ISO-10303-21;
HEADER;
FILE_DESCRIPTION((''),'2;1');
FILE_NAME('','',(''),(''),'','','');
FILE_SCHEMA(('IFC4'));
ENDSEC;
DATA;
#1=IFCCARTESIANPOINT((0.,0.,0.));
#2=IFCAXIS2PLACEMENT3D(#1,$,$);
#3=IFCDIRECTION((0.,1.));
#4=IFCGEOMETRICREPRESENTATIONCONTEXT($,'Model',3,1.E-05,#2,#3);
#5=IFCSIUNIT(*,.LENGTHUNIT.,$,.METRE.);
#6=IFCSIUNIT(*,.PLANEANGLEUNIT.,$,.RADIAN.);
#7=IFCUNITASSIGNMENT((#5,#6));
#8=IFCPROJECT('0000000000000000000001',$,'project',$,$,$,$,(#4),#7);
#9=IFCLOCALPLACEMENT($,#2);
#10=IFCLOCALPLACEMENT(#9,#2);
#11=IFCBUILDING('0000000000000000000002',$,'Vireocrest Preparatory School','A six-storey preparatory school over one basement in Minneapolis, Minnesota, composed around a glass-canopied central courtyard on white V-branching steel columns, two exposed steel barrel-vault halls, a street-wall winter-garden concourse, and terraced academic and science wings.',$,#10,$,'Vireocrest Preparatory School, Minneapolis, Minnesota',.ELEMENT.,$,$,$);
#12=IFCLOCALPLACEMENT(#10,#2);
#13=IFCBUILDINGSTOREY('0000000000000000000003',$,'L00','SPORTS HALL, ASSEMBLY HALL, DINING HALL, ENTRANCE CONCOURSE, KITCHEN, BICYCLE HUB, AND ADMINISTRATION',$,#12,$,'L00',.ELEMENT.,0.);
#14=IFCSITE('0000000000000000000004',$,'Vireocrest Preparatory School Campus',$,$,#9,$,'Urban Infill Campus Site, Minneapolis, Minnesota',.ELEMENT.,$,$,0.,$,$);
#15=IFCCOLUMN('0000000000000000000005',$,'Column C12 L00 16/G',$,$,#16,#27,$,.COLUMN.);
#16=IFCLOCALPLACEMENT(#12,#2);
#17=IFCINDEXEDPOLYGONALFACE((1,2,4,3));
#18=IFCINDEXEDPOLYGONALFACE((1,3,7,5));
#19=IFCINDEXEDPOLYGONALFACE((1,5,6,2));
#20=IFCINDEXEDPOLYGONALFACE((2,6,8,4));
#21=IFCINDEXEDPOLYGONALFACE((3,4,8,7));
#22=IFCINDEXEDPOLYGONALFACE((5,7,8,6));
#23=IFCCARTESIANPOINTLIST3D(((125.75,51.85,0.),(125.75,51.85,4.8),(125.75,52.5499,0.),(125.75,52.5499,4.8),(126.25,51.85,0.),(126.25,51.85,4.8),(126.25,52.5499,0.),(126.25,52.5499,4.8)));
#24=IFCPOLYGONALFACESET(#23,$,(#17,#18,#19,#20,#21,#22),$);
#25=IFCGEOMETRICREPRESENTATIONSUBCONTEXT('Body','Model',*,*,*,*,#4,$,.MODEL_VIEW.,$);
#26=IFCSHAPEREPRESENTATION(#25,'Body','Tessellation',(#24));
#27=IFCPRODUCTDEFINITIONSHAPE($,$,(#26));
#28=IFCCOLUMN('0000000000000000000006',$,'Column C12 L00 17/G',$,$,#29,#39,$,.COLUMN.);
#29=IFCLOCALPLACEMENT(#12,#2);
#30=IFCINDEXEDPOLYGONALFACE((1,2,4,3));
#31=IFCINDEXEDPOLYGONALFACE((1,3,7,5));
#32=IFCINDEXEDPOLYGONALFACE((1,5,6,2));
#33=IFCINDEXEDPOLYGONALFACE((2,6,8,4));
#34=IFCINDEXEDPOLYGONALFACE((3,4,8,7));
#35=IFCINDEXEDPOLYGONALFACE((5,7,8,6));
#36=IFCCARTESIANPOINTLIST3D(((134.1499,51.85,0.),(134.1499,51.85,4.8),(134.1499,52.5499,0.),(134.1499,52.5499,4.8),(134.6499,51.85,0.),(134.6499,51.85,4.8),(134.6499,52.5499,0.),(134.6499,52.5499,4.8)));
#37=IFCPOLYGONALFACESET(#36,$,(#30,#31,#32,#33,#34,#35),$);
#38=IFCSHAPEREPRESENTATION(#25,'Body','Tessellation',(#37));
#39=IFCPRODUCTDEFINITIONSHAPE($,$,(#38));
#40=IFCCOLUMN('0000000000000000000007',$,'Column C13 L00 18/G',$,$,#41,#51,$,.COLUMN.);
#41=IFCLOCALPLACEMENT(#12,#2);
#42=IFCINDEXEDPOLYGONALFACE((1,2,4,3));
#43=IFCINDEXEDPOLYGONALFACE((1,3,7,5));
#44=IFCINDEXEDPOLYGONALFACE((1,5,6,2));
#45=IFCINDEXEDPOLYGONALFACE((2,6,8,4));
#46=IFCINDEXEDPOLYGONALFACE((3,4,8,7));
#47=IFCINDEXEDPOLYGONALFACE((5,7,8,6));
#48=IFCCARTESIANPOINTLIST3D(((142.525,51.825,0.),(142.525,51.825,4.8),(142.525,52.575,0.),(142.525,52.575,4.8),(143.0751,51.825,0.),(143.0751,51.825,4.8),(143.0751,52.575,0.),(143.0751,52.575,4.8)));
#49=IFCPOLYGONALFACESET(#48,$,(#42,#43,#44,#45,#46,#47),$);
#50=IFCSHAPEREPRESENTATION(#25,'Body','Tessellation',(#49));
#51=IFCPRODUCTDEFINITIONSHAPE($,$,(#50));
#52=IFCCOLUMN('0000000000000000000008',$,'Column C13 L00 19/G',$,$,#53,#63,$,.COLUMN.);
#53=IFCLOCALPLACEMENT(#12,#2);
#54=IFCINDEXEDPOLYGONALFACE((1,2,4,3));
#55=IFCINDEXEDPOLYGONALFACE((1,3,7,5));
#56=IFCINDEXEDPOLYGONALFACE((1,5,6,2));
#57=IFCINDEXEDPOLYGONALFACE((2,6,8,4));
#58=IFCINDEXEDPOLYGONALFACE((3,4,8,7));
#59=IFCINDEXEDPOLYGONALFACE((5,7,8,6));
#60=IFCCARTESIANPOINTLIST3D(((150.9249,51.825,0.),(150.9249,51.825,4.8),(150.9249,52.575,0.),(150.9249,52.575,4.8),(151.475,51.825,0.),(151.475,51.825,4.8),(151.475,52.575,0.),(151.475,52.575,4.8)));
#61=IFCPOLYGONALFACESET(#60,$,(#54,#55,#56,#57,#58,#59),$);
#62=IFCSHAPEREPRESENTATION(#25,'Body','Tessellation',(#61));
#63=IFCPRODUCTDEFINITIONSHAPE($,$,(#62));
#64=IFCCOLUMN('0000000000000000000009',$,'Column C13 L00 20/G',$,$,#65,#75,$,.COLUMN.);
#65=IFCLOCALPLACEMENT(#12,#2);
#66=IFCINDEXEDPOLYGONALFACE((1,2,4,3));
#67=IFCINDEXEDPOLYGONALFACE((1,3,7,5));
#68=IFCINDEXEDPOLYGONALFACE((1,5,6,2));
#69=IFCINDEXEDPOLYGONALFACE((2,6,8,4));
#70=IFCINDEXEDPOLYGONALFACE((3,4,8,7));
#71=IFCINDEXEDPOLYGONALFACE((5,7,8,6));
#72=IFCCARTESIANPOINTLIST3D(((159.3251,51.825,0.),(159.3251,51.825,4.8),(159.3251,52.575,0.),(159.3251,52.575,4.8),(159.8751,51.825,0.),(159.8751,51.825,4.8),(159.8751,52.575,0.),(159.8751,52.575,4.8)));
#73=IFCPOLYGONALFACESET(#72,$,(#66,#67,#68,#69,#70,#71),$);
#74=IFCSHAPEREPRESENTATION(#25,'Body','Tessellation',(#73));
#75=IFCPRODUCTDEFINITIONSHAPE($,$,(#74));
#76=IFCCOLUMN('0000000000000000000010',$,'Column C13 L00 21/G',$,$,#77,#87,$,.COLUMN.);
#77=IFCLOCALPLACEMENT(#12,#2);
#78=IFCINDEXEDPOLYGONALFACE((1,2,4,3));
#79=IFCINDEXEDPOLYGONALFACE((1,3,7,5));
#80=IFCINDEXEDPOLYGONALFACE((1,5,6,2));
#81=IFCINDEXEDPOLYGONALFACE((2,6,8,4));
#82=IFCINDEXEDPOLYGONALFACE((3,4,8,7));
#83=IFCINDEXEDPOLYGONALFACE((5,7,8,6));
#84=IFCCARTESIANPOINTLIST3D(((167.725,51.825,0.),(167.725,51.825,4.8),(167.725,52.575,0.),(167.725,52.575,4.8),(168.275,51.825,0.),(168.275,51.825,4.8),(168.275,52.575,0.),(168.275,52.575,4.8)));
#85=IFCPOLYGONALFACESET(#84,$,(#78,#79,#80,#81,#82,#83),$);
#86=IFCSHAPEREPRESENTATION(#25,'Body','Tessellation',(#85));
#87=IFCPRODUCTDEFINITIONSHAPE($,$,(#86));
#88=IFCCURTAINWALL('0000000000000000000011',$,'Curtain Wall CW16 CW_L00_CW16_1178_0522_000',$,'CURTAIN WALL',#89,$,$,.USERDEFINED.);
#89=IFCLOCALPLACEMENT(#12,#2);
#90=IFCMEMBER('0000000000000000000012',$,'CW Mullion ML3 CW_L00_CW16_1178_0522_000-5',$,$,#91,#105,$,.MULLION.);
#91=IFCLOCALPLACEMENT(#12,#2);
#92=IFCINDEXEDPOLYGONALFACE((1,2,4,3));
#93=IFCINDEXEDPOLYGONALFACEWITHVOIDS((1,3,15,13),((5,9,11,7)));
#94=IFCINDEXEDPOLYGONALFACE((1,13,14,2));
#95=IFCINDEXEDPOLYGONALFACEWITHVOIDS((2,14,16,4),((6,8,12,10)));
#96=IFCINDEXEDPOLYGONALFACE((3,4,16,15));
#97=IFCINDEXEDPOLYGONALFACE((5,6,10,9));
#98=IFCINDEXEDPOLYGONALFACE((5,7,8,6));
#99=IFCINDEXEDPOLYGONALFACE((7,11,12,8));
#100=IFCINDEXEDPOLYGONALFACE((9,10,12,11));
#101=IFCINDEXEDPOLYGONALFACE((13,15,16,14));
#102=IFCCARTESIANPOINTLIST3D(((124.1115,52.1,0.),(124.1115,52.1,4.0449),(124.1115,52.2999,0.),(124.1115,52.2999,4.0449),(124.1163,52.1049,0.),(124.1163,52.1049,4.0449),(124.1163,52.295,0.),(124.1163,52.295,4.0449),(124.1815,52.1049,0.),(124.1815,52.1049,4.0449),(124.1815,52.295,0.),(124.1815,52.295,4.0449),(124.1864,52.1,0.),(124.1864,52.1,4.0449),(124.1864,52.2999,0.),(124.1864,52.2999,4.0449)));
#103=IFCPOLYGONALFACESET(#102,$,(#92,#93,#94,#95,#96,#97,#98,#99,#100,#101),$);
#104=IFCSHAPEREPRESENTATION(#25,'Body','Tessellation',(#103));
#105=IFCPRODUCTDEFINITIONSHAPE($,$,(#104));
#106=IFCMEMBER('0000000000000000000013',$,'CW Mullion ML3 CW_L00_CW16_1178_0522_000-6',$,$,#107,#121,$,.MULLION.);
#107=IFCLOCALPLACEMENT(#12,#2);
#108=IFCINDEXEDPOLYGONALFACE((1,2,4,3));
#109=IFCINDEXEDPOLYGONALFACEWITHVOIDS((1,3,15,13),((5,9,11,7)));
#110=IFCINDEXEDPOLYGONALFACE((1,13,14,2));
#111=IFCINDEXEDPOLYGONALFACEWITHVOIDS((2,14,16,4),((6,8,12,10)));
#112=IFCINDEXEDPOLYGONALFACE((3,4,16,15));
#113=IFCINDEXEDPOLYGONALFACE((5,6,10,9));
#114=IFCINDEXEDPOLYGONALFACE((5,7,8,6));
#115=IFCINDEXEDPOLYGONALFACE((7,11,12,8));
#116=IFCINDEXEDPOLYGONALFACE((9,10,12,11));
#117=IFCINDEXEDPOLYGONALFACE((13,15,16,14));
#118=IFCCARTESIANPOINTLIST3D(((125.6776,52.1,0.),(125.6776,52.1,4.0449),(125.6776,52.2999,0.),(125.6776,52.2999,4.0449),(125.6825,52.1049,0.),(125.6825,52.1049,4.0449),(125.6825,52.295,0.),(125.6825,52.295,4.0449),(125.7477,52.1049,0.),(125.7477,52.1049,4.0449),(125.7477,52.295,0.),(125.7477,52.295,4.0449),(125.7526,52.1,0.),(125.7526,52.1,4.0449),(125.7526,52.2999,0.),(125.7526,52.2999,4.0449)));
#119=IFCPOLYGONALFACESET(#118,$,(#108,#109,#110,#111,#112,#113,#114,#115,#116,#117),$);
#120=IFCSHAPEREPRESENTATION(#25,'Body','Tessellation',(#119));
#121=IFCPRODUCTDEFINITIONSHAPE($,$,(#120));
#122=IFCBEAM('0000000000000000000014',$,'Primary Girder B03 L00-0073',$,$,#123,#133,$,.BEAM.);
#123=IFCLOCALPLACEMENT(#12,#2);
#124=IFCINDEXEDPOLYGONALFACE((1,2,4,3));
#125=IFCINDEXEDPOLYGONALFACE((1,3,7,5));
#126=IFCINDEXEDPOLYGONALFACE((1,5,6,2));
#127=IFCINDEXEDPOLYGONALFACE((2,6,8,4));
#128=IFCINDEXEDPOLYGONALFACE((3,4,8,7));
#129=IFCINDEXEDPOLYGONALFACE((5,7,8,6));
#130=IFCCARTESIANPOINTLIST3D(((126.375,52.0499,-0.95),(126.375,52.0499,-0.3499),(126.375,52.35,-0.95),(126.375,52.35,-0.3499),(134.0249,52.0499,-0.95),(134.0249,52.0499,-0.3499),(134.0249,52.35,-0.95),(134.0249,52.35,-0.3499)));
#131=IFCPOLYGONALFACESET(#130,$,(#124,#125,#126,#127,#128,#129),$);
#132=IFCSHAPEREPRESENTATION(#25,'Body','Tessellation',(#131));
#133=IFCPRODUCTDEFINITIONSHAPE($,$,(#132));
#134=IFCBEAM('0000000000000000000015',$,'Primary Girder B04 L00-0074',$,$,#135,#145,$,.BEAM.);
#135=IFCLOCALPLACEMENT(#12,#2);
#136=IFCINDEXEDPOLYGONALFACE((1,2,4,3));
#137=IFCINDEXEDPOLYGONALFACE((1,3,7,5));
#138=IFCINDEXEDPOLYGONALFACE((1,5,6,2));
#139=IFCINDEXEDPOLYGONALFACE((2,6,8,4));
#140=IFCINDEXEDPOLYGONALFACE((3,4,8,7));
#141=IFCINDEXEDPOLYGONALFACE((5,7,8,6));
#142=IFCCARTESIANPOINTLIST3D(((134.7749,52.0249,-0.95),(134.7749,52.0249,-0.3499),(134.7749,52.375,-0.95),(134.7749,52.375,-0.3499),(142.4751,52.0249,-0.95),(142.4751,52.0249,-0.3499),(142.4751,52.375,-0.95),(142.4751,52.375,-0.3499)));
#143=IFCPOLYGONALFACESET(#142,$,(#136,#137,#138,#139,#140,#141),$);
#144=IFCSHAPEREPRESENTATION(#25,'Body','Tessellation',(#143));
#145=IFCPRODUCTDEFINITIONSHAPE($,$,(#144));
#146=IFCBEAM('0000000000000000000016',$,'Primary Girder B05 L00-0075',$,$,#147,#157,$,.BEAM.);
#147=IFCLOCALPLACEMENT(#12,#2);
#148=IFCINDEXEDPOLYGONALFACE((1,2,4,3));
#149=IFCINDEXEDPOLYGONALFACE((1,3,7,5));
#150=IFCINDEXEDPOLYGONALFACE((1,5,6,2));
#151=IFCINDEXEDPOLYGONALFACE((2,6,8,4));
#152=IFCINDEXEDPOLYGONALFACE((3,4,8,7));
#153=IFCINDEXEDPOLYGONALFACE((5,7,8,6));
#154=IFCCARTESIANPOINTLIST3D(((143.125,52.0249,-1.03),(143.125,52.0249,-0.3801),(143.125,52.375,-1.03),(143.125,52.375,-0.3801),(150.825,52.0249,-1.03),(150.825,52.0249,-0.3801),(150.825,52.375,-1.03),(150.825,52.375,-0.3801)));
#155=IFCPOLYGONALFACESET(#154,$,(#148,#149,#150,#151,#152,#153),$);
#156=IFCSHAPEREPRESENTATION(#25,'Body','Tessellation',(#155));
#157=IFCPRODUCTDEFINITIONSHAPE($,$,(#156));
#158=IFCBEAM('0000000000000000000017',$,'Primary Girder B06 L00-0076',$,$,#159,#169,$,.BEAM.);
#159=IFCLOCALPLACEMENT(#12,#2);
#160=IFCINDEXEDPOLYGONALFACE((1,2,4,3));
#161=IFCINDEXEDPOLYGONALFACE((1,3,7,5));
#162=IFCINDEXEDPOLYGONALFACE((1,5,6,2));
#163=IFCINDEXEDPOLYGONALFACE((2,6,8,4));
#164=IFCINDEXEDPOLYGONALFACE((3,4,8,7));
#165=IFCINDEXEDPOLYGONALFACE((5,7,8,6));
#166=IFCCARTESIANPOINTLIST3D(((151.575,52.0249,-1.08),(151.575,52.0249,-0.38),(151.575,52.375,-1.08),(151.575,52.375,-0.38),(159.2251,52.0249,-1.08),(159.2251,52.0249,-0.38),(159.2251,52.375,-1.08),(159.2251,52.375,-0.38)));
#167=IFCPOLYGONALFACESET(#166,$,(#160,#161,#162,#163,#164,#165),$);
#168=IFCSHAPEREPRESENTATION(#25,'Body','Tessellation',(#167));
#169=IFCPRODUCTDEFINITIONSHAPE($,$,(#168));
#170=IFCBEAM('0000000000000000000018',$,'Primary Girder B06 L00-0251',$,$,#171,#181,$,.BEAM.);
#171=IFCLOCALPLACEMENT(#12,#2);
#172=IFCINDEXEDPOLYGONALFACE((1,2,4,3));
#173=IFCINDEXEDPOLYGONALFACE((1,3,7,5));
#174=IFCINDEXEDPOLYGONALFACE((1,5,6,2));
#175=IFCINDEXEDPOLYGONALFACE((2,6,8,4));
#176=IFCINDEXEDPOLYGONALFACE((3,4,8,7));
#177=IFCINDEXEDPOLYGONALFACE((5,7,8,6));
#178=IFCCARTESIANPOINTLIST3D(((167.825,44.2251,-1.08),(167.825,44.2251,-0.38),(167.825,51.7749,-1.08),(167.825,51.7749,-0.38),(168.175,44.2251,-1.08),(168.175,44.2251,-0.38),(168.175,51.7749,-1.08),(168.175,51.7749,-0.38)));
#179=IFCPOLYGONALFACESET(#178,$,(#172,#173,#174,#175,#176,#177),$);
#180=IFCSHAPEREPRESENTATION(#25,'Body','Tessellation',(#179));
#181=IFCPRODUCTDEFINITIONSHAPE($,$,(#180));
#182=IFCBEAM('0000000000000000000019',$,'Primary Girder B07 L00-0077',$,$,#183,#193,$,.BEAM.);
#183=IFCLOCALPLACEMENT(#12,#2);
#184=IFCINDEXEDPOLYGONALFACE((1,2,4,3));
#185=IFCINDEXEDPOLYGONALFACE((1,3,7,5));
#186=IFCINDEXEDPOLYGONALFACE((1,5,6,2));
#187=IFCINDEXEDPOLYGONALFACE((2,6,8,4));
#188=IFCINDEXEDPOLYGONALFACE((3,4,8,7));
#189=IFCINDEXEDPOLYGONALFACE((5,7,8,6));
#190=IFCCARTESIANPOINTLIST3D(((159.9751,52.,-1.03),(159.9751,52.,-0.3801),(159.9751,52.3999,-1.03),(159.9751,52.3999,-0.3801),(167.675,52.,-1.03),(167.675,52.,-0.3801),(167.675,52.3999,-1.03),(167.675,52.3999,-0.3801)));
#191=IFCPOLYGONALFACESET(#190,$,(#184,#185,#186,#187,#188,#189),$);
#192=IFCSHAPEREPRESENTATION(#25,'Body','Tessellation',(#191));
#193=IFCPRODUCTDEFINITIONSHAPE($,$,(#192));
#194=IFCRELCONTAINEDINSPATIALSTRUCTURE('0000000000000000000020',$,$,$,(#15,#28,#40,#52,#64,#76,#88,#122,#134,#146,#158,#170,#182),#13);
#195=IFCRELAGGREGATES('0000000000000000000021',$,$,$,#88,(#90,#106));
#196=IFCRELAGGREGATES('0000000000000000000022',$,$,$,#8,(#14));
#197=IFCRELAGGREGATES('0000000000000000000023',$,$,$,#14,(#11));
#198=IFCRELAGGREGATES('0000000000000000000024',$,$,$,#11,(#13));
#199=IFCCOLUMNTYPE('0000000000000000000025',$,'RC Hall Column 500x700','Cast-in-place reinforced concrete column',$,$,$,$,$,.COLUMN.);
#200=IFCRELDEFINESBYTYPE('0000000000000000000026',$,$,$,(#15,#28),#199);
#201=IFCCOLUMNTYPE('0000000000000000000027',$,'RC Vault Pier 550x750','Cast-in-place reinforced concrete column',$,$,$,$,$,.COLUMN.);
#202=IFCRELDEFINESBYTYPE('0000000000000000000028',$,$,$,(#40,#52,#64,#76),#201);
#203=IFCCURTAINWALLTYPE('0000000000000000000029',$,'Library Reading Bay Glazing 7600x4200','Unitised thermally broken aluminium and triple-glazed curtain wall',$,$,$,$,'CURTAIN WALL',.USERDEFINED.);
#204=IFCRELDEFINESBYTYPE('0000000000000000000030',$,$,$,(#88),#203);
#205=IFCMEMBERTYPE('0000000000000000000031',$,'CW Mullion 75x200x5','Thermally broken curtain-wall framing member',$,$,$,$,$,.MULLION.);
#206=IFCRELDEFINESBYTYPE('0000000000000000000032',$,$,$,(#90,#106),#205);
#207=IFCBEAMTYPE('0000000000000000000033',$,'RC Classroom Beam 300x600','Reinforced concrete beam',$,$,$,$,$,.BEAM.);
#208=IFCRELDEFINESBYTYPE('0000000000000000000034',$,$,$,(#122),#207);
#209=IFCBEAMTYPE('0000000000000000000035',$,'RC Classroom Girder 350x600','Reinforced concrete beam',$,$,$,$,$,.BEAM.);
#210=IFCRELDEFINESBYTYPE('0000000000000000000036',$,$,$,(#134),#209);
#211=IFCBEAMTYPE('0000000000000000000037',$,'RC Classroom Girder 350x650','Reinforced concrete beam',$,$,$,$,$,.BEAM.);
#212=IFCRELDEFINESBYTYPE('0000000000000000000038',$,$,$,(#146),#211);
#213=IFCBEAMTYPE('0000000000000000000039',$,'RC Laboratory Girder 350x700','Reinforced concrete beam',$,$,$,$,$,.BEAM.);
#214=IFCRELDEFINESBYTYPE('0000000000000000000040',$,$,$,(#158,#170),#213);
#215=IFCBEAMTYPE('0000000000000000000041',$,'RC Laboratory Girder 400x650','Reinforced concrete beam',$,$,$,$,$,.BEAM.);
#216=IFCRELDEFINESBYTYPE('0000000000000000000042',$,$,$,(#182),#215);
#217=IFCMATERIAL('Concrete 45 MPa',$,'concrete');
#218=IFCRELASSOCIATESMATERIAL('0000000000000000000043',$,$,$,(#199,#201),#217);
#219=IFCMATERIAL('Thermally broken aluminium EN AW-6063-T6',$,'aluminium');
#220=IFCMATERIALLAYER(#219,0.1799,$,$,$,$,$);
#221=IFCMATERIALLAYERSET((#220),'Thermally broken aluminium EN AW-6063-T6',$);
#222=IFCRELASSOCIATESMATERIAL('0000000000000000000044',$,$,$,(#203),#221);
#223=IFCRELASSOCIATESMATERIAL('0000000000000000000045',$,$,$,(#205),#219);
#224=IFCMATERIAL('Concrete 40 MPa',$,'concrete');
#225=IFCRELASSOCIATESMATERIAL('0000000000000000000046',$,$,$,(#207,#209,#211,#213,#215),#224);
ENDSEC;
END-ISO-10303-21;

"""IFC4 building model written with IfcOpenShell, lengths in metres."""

from ifc_helpers import new_model, si_unit, direction, frame, origin, origin_2d, place, context, subcontext, project, spatial, rectangle, hollow_rectangle, extrude, material, layer, layer_set, material_profile, profile_set, type_object, element, aggregate, save


model = new_model("IFC4")

# Units and contexts
model_context = context("Model", 3, precision=1e-05, world=origin(), true_north=direction((0.0, 1.0)))
body_context = subcontext(model_context, "Body", "Model", "MODEL_VIEW")
ifc_project = project(units=[si_unit("LENGTHUNIT", "METRE"), si_unit("PLANEANGLEUNIT", "RADIAN")], contexts=[model_context])

# Site, building, storey
site_placement = place(None, origin())
site = spatial("IfcSite", under=ifc_project, at=site_placement, Name="Vireocrest Preparatory School Campus", LongName="Urban Infill Campus Site, Minneapolis, Minnesota", CompositionType="ELEMENT", RefElevation=0.0)
building_placement = place(site_placement, origin())
building = spatial("IfcBuilding", under=site, at=building_placement, Name="Vireocrest Preparatory School", Description="A six-storey preparatory school over one basement in Minneapolis, Minnesota, composed around a glass-canopied central courtyard on white V-branching steel columns, two exposed steel barrel-vault halls, a street-wall winter-garden concourse, and terraced academic and science wings.", LongName="Vireocrest Preparatory School, Minneapolis, Minnesota", CompositionType="ELEMENT")
storey_placement = place(building_placement, origin())
storey = spatial("IfcBuildingStorey", under=building, at=storey_placement, Name="L00", Description="SPORTS HALL, ASSEMBLY HALL, DINING HALL, ENTRANCE CONCOURSE, KITCHEN, BICYCLE HUB, AND ADMINISTRATION", LongName="L00", CompositionType="ELEMENT", Elevation=0.0)

# Columns
ifc_material_1 = material(Name="Concrete 45 MPa", Category="concrete")
ifc_material_profile_1 = material_profile(ifc_material_1, rectangle(XDim=0.5, YDim=0.7, at=origin_2d()), Name="RC 500x700")
ifc_profile_set_1 = profile_set([ifc_material_profile_1], Name="Concrete 45 MPa")
column_type_1 = type_object("IfcColumnType", Name="RC Hall Column 500x700", Description="Cast-in-place reinforced concrete column", PredefinedType="COLUMN", material=ifc_profile_set_1)
for number, where, z_axis, x_axis, name in (
    (1, (126.0, 52.2, 0.0), (0.0, 0.0, 1.0), (1.0, 0.0, 0.0), "Column C12 L00 16/G"),
    (2, (134.3999, 52.2, 0.0), (0.0, 0.0, 1.0), (1.0, 0.0, 0.0), "Column C12 L00 17/G"),
):
    element("IfcColumn", number, at=place(storey_placement, frame(where, z_axis=z_axis, x_axis=x_axis)), inside=storey, type_object=column_type_1, Name=name, PredefinedType="COLUMN", context=body_context, shape_type="SweptSolid", body=[
        extrude(rectangle(XDim=0.5, YDim=0.7, at=origin_2d()), origin(), (0.0, 0.0, 1.0), 4.8),
    ])
ifc_material_profile_2 = material_profile(ifc_material_1, rectangle(XDim=0.55, YDim=0.75, at=origin_2d()), Name="RC 550x750")
ifc_profile_set_2 = profile_set([ifc_material_profile_2], Name="Concrete 45 MPa")
column_type_2 = type_object("IfcColumnType", Name="RC Vault Pier 550x750", Description="Cast-in-place reinforced concrete column", PredefinedType="COLUMN", material=ifc_profile_set_2)
for number, where, z_axis, x_axis, name in (
    (3, (142.8, 52.2, 0.0), (0.0, 0.0, 1.0), (1.0, 0.0, 0.0), "Column C13 L00 18/G"),
    (4, (151.2, 52.2, 0.0), (0.0, 0.0, 1.0), (1.0, 0.0, 0.0), "Column C13 L00 19/G"),
    (5, (159.6001, 52.2, 0.0), (0.0, 0.0, 1.0), (1.0, 0.0, 0.0), "Column C13 L00 20/G"),
    (6, (168.0, 52.2, 0.0), (0.0, 0.0, 1.0), (1.0, 0.0, 0.0), "Column C13 L00 21/G"),
):
    element("IfcColumn", number, at=place(storey_placement, frame(where, z_axis=z_axis, x_axis=x_axis)), inside=storey, type_object=column_type_2, Name=name, PredefinedType="COLUMN", context=body_context, shape_type="SweptSolid", body=[
        extrude(rectangle(XDim=0.55, YDim=0.75, at=origin_2d()), origin(), (0.0, 0.0, 1.0), 4.8),
    ])

# Curtain wall, members
ifc_material_2 = material(Name="Thermally broken aluminium EN AW-6063-T6", Category="aluminium")
ifc_layer_1 = layer(ifc_material_2, 0.1799)
ifc_layer_set_1 = layer_set([ifc_layer_1], Name="Thermally broken aluminium EN AW-6063-T6")
curtain_wall_type = type_object("IfcCurtainWallType", Name="Library Reading Bay Glazing 7600x4200", Description="Unitised thermally broken aluminium and triple-glazed curtain wall", ElementType="CURTAIN WALL", PredefinedType="USERDEFINED", material=ifc_layer_set_1)
curtain_wall_placement = place(storey_placement, origin())
curtain_wall = element("IfcCurtainWall", 7, at=curtain_wall_placement, inside=storey, type_object=curtain_wall_type, Name="Curtain Wall CW16 CW_L00_CW16_1178_0522_000", ObjectType="CURTAIN WALL", PredefinedType="USERDEFINED")
ifc_material_profile_3 = material_profile(ifc_material_2, hollow_rectangle(XDim=0.075, YDim=0.2, WallThickness=0.0049, at=origin_2d()), Name="ALU 75x200x5")
ifc_profile_set_3 = profile_set([ifc_material_profile_3], Name="Thermally broken aluminium EN AW-6063-T6")
member_type = type_object("IfcMemberType", Name="CW Mullion 75x200x5", Description="Thermally broken curtain-wall framing member", PredefinedType="MULLION", material=ifc_profile_set_3)
member_1_placement = place(storey_placement, frame((124.1489, 52.2, 0.0), z_axis=(0.0, 0.0, 1.0), x_axis=(1.0, 0.0, 0.0)))
member_1 = element("IfcMember", 8, at=member_1_placement, type_object=member_type, Name="CW Mullion ML3 CW_L00_CW16_1178_0522_000-5", PredefinedType="MULLION", context=body_context, shape_type="SweptSolid", body=[
    extrude(hollow_rectangle(XDim=0.075, YDim=0.2, WallThickness=0.0049, at=origin_2d()), origin(), (0.0, 0.0, 1.0), 4.0449),
])
member_2_placement = place(storey_placement, frame((125.7151, 52.2, 0.0), z_axis=(0.0, 0.0, 1.0), x_axis=(1.0, 0.0, 0.0)))
member_2 = element("IfcMember", 9, at=member_2_placement, type_object=member_type, Name="CW Mullion ML3 CW_L00_CW16_1178_0522_000-6", PredefinedType="MULLION", context=body_context, shape_type="SweptSolid", body=[
    extrude(hollow_rectangle(XDim=0.075, YDim=0.2, WallThickness=0.0049, at=origin_2d()), origin(), (0.0, 0.0, 1.0), 4.0449),
])

# Beams
ifc_material_3 = material(Name="Concrete 40 MPa", Category="concrete")
ifc_material_profile_4 = material_profile(ifc_material_3, rectangle(XDim=0.3, YDim=0.6001, at=origin_2d()), Name="RC 300x600")
ifc_profile_set_4 = profile_set([ifc_material_profile_4], Name="Concrete 40 MPa")
beam_type_1 = type_object("IfcBeamType", Name="RC Classroom Beam 300x600", Description="Reinforced concrete beam", PredefinedType="BEAM", material=ifc_profile_set_4)
beam_1_placement = place(storey_placement, frame((126.375, 52.2, -0.6499), z_axis=(1.0, 0.0, 0.0), x_axis=(0.0, 1.0, 0.0)))
element("IfcBeam", 10, at=beam_1_placement, inside=storey, type_object=beam_type_1, Name="Primary Girder B03 L00-0073", PredefinedType="BEAM", context=body_context, shape_type="SweptSolid", body=[
    extrude(rectangle(XDim=0.3, YDim=0.6001, at=origin_2d()), origin(), (0.0, 0.0, 1.0), 7.6499),
])
ifc_material_profile_5 = material_profile(ifc_material_3, rectangle(XDim=0.3501, YDim=0.6001, at=origin_2d()), Name="RC 350x600")
ifc_profile_set_5 = profile_set([ifc_material_profile_5], Name="Concrete 40 MPa")
beam_type_2 = type_object("IfcBeamType", Name="RC Classroom Girder 350x600", Description="Reinforced concrete beam", PredefinedType="BEAM", material=ifc_profile_set_5)
beam_2_placement = place(storey_placement, frame((134.7749, 52.2, -0.6499), z_axis=(1.0, 0.0, 0.0), x_axis=(0.0, 1.0, 0.0)))
element("IfcBeam", 11, at=beam_2_placement, inside=storey, type_object=beam_type_2, Name="Primary Girder B04 L00-0074", PredefinedType="BEAM", context=body_context, shape_type="SweptSolid", body=[
    extrude(rectangle(XDim=0.3501, YDim=0.6001, at=origin_2d()), origin(), (0.0, 0.0, 1.0), 7.7002),
])
ifc_material_profile_6 = material_profile(ifc_material_3, rectangle(XDim=0.3501, YDim=0.6499, at=origin_2d()), Name="RC 350x650")
ifc_profile_set_6 = profile_set([ifc_material_profile_6], Name="Concrete 40 MPa")
beam_type_3 = type_object("IfcBeamType", Name="RC Classroom Girder 350x650", Description="Reinforced concrete beam", PredefinedType="BEAM", material=ifc_profile_set_6)
beam_3_placement = place(storey_placement, frame((143.125, 52.2, -0.7051), z_axis=(1.0, 0.0, 0.0), x_axis=(0.0, 1.0, 0.0)))
element("IfcBeam", 12, at=beam_3_placement, inside=storey, type_object=beam_type_3, Name="Primary Girder B05 L00-0075", PredefinedType="BEAM", context=body_context, shape_type="SweptSolid", body=[
    extrude(rectangle(XDim=0.3501, YDim=0.6499, at=origin_2d()), origin(), (0.0, 0.0, 1.0), 7.7),
])
ifc_material_profile_7 = material_profile(ifc_material_3, rectangle(XDim=0.3501, YDim=0.7, at=origin_2d()), Name="RC 350x700")
ifc_profile_set_7 = profile_set([ifc_material_profile_7], Name="Concrete 40 MPa")
beam_type_4 = type_object("IfcBeamType", Name="RC Laboratory Girder 350x700", Description="Reinforced concrete beam", PredefinedType="BEAM", material=ifc_profile_set_7)
beam_4_placement = place(storey_placement, frame((151.575, 52.2, -0.73), z_axis=(1.0, 0.0, 0.0), x_axis=(0.0, 1.0, 0.0)))
element("IfcBeam", 13, at=beam_4_placement, inside=storey, type_object=beam_type_4, Name="Primary Girder B06 L00-0076", PredefinedType="BEAM", context=body_context, shape_type="SweptSolid", body=[
    extrude(rectangle(XDim=0.3501, YDim=0.7, at=origin_2d()), origin(), (0.0, 0.0, 1.0), 7.6501),
])
beam_5_placement = place(storey_placement, frame((168.0, 44.2251, -0.73), z_axis=(0.0, 1.0, 0.0), x_axis=(-1.0, 0.0, 0.0)))
element("IfcBeam", 14, at=beam_5_placement, inside=storey, type_object=beam_type_4, Name="Primary Girder B06 L00-0251", PredefinedType="BEAM", context=body_context, shape_type="SweptSolid", body=[
    extrude(rectangle(XDim=0.3501, YDim=0.7, at=origin_2d()), origin(), (0.0, 0.0, 1.0), 7.5498),
])
ifc_material_profile_8 = material_profile(ifc_material_3, rectangle(XDim=0.3999, YDim=0.6499, at=origin_2d()), Name="RC 400x650")
ifc_profile_set_8 = profile_set([ifc_material_profile_8], Name="Concrete 40 MPa")
beam_type_5 = type_object("IfcBeamType", Name="RC Laboratory Girder 400x650", Description="Reinforced concrete beam", PredefinedType="BEAM", material=ifc_profile_set_8)
beam_6_placement = place(storey_placement, frame((159.9751, 52.2, -0.7051), z_axis=(1.0, 0.0, 0.0), x_axis=(0.0, 1.0, 0.0)))
element("IfcBeam", 15, at=beam_6_placement, inside=storey, type_object=beam_type_5, Name="Primary Girder B07 L00-0077", PredefinedType="BEAM", context=body_context, shape_type="SweptSolid", body=[
    extrude(rectangle(XDim=0.3999, YDim=0.6499, at=origin_2d()), origin(), (0.0, 0.0, 1.0), 7.7),
])

aggregate(curtain_wall, [member_1, member_2])

save(model, "model.ifc")
